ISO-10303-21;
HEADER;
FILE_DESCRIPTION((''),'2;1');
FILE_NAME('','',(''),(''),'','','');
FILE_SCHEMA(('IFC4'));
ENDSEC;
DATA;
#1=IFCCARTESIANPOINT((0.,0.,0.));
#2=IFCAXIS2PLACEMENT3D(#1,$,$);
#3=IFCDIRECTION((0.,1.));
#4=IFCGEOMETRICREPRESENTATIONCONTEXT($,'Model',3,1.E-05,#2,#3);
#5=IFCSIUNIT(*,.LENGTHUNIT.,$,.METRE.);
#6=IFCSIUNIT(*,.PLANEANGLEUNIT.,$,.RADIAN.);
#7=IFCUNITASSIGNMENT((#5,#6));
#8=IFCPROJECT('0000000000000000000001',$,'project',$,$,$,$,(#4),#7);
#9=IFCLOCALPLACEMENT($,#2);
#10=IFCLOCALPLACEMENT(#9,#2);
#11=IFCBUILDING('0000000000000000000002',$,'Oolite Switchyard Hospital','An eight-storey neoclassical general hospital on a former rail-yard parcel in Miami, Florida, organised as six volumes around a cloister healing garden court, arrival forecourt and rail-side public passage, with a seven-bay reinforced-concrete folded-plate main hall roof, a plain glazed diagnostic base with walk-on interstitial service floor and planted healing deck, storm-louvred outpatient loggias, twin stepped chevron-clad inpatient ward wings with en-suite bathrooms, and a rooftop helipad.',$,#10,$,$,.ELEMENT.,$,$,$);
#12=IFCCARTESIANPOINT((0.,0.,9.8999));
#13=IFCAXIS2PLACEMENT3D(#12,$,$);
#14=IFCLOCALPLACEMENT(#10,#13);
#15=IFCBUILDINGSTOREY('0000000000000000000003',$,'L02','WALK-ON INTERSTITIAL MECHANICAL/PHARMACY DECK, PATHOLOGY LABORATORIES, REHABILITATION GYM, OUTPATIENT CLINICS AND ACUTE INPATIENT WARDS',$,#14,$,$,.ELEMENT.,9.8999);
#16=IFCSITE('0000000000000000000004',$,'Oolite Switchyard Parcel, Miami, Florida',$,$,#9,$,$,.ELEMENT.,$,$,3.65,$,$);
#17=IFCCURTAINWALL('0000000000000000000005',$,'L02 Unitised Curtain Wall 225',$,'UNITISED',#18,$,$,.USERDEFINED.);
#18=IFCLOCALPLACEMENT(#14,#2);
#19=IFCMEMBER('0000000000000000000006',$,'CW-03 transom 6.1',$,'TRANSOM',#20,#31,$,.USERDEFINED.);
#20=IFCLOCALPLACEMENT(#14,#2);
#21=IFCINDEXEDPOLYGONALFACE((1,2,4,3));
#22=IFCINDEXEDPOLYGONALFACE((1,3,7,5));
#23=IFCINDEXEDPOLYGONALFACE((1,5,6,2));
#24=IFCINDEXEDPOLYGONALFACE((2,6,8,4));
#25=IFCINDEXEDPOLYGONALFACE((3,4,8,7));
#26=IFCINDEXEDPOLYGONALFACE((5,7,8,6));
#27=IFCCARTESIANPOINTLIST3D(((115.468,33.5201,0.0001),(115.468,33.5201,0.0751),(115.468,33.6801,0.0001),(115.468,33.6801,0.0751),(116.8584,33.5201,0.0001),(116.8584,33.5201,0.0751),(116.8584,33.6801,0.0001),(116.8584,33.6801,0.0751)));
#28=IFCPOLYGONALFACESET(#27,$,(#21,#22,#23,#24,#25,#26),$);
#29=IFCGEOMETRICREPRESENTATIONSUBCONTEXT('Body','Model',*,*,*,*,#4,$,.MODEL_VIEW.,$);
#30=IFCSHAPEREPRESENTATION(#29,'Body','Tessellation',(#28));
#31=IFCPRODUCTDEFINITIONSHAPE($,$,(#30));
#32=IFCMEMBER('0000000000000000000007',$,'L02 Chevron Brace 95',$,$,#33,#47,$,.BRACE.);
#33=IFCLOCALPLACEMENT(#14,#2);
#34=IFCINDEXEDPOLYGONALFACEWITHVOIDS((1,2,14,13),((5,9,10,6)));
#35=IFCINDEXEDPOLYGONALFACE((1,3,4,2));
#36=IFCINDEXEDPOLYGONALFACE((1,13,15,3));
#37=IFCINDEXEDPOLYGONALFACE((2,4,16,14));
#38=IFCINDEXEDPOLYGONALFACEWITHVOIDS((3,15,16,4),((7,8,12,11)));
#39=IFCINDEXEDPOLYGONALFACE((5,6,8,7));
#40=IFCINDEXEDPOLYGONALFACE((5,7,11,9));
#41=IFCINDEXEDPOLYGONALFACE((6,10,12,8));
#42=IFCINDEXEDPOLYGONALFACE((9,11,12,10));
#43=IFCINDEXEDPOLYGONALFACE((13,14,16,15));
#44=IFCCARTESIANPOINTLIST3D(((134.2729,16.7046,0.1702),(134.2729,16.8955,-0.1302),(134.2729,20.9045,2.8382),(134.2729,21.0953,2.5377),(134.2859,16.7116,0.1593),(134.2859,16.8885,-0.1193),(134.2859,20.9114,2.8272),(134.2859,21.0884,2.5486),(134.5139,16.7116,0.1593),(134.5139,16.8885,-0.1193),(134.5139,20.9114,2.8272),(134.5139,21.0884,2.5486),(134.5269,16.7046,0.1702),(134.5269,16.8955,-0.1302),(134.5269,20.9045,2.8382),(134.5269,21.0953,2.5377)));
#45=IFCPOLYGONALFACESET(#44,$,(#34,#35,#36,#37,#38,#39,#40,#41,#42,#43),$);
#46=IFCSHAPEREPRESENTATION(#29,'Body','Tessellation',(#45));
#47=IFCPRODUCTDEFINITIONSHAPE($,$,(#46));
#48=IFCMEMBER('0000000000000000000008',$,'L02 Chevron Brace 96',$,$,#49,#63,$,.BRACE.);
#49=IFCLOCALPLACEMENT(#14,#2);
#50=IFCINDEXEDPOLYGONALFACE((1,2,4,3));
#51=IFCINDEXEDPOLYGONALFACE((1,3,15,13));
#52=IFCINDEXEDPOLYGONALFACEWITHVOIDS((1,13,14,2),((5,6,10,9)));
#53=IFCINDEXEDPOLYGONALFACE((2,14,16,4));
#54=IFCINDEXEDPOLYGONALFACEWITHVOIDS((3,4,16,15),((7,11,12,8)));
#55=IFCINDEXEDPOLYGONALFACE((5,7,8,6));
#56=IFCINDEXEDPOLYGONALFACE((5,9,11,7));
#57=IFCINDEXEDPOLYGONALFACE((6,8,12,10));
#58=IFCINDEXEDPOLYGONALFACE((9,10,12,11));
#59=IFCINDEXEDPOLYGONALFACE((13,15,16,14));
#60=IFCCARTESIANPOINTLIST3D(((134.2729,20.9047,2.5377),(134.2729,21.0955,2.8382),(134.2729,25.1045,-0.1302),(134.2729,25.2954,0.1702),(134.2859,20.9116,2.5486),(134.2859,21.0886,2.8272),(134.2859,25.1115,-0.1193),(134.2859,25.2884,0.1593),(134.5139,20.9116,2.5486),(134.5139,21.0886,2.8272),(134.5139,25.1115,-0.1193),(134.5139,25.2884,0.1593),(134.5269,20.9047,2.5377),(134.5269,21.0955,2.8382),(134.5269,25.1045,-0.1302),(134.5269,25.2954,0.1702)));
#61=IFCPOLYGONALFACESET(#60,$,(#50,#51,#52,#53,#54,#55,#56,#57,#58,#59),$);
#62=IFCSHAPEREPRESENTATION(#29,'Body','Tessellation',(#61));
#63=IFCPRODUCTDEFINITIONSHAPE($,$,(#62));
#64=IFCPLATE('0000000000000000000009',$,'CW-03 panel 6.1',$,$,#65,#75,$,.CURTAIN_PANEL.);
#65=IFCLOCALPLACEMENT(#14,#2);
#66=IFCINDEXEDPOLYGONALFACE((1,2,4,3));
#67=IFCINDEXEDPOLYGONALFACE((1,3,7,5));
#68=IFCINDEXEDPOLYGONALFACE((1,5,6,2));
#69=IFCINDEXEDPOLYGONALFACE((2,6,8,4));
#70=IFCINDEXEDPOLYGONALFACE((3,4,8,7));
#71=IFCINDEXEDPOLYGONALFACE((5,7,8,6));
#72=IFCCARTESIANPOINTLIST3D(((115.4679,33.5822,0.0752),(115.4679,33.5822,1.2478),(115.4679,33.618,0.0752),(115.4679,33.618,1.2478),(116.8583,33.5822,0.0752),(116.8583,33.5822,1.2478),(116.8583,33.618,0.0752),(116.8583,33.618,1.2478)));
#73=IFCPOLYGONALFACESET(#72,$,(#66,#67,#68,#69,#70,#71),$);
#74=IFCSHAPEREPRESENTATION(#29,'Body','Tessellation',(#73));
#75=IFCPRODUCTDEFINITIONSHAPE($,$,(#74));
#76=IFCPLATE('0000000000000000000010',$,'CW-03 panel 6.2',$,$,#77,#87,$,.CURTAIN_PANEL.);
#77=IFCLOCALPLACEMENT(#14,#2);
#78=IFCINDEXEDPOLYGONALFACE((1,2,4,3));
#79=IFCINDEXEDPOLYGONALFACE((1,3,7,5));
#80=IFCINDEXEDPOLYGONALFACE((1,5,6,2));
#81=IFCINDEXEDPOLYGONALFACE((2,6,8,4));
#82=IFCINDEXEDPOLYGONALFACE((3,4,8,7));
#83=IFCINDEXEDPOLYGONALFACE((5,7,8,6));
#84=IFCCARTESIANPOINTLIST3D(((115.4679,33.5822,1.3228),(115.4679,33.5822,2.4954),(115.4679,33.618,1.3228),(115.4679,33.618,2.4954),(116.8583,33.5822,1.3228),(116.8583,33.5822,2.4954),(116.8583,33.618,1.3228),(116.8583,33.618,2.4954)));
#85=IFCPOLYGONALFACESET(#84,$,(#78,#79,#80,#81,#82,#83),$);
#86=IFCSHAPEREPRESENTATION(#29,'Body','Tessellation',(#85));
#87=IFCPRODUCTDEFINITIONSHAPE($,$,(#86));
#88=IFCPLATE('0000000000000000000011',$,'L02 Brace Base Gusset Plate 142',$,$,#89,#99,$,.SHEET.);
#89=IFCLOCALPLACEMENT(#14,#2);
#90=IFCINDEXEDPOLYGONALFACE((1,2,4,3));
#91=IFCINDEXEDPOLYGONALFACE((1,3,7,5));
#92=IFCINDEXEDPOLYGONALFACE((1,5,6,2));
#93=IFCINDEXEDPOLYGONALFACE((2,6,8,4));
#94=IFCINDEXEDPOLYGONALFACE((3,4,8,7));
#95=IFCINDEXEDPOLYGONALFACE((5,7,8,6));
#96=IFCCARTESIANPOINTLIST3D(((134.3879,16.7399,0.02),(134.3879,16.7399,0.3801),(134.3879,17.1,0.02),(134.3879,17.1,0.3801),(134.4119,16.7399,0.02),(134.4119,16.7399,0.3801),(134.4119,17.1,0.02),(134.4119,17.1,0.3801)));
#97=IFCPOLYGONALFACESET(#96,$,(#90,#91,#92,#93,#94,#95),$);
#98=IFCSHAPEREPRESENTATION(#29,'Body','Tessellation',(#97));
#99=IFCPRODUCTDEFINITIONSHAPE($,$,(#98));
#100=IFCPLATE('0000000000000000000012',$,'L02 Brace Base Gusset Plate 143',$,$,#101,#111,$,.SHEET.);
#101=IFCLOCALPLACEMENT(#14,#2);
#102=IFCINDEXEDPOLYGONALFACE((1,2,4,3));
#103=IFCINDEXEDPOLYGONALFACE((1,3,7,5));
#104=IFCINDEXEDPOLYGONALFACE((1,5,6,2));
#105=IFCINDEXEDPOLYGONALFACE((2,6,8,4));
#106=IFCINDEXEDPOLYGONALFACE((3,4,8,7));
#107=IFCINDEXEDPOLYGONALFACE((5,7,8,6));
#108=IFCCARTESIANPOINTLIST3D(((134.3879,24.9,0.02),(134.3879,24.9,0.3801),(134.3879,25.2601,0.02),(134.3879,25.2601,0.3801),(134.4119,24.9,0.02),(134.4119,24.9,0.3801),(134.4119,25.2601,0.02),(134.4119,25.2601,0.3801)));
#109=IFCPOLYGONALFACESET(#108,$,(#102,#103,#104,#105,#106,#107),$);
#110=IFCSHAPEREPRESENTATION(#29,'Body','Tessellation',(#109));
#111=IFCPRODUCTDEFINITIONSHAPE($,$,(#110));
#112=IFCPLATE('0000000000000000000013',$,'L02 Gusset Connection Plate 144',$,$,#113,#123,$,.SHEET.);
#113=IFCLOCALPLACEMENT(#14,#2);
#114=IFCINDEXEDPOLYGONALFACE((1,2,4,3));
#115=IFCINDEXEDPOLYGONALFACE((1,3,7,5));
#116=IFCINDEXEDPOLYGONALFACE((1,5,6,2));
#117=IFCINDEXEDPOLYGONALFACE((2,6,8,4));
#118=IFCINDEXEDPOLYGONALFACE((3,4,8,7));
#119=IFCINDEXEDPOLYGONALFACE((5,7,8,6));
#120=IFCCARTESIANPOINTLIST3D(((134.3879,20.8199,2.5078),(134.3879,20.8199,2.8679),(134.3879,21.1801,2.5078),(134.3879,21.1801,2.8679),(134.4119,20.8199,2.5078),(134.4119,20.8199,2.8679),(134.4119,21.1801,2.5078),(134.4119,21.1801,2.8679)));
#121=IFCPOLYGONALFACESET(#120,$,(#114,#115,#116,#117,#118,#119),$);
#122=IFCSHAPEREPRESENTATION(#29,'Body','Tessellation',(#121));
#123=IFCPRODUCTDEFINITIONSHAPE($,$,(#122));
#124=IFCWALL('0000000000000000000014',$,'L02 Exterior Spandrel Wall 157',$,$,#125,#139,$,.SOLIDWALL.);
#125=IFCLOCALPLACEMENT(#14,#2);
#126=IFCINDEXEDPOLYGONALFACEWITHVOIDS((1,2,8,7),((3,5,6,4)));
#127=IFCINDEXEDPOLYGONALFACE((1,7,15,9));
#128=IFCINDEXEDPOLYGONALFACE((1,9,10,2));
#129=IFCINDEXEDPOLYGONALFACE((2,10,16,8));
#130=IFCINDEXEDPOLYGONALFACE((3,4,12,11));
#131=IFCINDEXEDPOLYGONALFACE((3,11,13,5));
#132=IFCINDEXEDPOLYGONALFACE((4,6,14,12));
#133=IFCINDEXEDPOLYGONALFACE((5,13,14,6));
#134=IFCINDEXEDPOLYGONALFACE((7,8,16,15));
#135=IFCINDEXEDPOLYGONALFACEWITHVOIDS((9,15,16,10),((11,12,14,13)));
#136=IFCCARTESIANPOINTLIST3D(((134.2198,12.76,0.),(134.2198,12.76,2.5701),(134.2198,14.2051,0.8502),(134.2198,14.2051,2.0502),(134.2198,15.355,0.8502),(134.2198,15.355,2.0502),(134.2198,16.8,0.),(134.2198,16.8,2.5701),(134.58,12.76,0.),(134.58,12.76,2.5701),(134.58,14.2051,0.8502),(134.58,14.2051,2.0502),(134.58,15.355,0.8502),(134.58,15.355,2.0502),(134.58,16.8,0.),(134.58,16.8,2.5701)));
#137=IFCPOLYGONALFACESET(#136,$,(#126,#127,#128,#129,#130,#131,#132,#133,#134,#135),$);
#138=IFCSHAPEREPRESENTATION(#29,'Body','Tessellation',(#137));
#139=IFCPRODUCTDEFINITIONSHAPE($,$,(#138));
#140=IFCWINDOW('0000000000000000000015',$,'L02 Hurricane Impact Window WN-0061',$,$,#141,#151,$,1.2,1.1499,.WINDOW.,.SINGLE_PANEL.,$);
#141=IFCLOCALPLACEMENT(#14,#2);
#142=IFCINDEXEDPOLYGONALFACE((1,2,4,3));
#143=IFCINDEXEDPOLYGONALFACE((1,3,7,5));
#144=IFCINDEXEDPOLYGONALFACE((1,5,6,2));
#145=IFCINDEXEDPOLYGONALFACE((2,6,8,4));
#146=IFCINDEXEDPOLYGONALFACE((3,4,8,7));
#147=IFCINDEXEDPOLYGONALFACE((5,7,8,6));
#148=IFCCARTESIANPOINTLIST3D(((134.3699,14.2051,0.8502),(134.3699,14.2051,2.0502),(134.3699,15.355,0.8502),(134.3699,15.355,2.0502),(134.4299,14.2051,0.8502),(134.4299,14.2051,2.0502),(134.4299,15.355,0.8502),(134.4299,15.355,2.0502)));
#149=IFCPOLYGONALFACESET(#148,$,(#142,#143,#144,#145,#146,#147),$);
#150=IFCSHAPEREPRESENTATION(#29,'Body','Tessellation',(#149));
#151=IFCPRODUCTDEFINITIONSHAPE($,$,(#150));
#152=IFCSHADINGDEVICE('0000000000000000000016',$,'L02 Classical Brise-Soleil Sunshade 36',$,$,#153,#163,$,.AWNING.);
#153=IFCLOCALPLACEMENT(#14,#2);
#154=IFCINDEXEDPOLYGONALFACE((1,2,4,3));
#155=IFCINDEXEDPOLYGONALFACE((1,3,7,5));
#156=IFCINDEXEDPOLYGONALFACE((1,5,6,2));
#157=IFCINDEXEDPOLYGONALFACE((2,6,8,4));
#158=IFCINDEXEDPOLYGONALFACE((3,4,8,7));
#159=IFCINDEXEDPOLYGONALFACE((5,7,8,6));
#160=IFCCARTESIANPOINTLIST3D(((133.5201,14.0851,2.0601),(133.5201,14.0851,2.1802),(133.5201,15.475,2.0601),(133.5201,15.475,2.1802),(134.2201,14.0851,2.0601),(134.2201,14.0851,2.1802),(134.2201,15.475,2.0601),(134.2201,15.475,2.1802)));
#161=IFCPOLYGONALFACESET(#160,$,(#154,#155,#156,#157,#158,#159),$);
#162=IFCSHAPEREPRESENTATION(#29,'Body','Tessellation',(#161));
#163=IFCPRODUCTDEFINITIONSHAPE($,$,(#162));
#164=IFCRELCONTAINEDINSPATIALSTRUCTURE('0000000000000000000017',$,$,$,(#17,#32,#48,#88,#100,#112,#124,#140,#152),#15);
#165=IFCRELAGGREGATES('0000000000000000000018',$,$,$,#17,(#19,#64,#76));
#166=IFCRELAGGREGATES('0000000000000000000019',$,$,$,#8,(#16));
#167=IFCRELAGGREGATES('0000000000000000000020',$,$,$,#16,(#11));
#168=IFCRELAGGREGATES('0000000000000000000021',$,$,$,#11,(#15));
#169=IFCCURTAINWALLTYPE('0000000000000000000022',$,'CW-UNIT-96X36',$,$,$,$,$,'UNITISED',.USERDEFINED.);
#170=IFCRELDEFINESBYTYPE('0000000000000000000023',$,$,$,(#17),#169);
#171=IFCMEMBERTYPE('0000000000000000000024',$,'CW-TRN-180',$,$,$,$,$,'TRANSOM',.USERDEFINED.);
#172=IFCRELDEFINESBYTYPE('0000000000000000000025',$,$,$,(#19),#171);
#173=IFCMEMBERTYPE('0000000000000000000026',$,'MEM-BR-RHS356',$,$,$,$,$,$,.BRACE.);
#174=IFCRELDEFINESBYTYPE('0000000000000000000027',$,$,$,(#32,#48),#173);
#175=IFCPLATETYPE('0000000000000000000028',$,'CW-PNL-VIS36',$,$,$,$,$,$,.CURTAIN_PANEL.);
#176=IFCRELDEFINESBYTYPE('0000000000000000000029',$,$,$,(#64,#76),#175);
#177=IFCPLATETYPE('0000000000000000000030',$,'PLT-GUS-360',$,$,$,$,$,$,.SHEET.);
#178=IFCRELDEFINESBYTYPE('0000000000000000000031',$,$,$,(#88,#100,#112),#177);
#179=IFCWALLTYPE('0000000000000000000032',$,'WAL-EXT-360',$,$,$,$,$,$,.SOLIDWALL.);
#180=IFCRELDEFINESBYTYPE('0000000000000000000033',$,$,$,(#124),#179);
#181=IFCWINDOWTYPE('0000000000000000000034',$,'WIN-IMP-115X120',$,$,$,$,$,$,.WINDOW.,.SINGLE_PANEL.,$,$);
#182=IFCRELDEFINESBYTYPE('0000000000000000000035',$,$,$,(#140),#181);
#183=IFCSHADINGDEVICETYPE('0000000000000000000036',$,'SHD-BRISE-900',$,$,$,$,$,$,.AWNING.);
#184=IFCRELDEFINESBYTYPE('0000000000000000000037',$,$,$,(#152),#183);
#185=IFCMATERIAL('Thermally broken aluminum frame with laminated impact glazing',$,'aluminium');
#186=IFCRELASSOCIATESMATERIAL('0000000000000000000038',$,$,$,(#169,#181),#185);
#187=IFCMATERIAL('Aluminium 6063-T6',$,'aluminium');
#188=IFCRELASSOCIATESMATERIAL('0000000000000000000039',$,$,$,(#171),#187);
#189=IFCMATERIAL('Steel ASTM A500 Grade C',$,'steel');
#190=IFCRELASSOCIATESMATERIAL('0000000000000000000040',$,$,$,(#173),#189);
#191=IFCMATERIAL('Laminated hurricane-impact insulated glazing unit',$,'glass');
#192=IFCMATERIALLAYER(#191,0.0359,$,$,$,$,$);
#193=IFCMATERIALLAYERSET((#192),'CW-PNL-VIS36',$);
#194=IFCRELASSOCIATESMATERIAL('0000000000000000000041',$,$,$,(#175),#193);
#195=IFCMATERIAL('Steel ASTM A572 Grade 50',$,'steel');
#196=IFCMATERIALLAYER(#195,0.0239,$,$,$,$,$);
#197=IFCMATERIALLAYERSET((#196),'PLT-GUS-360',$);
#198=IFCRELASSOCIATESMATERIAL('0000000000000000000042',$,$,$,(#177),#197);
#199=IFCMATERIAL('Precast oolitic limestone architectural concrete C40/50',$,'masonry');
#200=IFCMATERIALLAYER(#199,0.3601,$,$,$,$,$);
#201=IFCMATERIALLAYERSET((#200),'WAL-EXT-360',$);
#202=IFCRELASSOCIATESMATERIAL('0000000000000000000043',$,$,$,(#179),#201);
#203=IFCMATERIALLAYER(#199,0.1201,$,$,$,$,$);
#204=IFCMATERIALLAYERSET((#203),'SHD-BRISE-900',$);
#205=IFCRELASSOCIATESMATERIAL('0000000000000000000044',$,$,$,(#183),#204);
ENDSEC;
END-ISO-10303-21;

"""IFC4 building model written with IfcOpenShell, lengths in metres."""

from ifc_helpers import new_model, si_unit, direction, frame, frame_2d, origin, origin_2d, place, context, subcontext, project, spatial, rectangle, hollow_rectangle, extrude, material, layer, layer_set, material_profile, profile_set, type_object, element, fill, aggregate, save


model = new_model("IFC4")

# Units and contexts
model_context = context("Model", 3, precision=1e-05, world=origin(), true_north=direction((0.0, 1.0)))
body_context = subcontext(model_context, "Body", "Model", "MODEL_VIEW")
ifc_project = project(units=[si_unit("LENGTHUNIT", "METRE"), si_unit("PLANEANGLEUNIT", "RADIAN")], contexts=[model_context])

# Site, building, storey
site_placement = place(None, origin())
site = spatial("IfcSite", under=ifc_project, at=site_placement, Name="Oolite Switchyard Parcel, Miami, Florida", CompositionType="ELEMENT", RefElevation=3.65)
building_placement = place(site_placement, origin())
building = spatial("IfcBuilding", under=site, at=building_placement, Name="Oolite Switchyard Hospital", Description="An eight-storey neoclassical general hospital on a former rail-yard parcel in Miami, Florida, organised as six volumes around a cloister healing garden court, arrival forecourt and rail-side public passage, with a seven-bay reinforced-concrete folded-plate main hall roof, a plain glazed diagnostic base with walk-on interstitial service floor and planted healing deck, storm-louvred outpatient loggias, twin stepped chevron-clad inpatient ward wings with en-suite bathrooms, and a rooftop helipad.", CompositionType="ELEMENT")
storey_placement = place(building_placement, frame((0.0, 0.0, 9.8999)))
storey = spatial("IfcBuildingStorey", under=building, at=storey_placement, Name="L02", Description="WALK-ON INTERSTITIAL MECHANICAL/PHARMACY DECK, PATHOLOGY LABORATORIES, REHABILITATION GYM, OUTPATIENT CLINICS AND ACUTE INPATIENT WARDS", CompositionType="ELEMENT", Elevation=9.8999)

# Curtain wall, member
ifc_material_1 = material(Name="Thermally broken aluminum frame with laminated impact glazing", Category="aluminium")
curtain_wall_type = type_object("IfcCurtainWallType", Name="CW-UNIT-96X36", ElementType="UNITISED", PredefinedType="USERDEFINED", material=ifc_material_1)
curtain_wall_placement = place(storey_placement, origin())
curtain_wall = element("IfcCurtainWall", 1, at=curtain_wall_placement, inside=storey, type_object=curtain_wall_type, Name="L02 Unitised Curtain Wall 225", ObjectType="UNITISED", PredefinedType="USERDEFINED")
ifc_material_2 = material(Name="Aluminium 6063-T6", Category="aluminium")
ifc_material_profile_1 = material_profile(ifc_material_2, rectangle(XDim=0.1599, YDim=0.075, at=origin_2d()), Name="CWT75X160")
ifc_profile_set_1 = profile_set([ifc_material_profile_1], Name="Aluminium 6063-T6")
member_type_1 = type_object("IfcMemberType", Name="CW-TRN-180", ElementType="TRANSOM", PredefinedType="USERDEFINED", material=ifc_profile_set_1)
member_1_placement = place(storey_placement, frame((116.8584, 33.6001, 0.0376), z_axis=(-1.0, 0.0, 0.0), x_axis=(0.0, -1.0, 0.0)))
member_1 = element("IfcMember", 2, at=member_1_placement, type_object=member_type_1, Name="CW-03 transom 6.1", ObjectType="TRANSOM", PredefinedType="USERDEFINED", context=body_context, shape_type="SweptSolid", body=[
    extrude(rectangle(XDim=0.1599, YDim=0.075, at=origin_2d()), origin(), (0.0, 0.0, 1.0), 1.3904),
])

# Members
ifc_material_3 = material(Name="Steel ASTM A500 Grade C", Category="steel")
ifc_material_profile_2 = material_profile(ifc_material_3, hollow_rectangle(XDim=0.2539, YDim=0.356, WallThickness=0.0129, at=origin_2d()), Name="HSS356X254X13")
ifc_profile_set_2 = profile_set([ifc_material_profile_2], Name="Steel ASTM A500 Grade C")
member_type_2 = type_object("IfcMemberType", Name="MEM-BR-RHS356", PredefinedType="BRACE", material=ifc_profile_set_2)
for number, where, z_axis, x_axis, name in (
    (3, (134.3999, 16.8, 0.02), (0.0, 0.844092, 0.536199), (-1.0, 0.0, 0.0), "L02 Chevron Brace 95"),
    (4, (134.3999, 25.2, 0.02), (0.0, -0.844092, 0.536199), (1.0, 0.0, 0.0), "L02 Chevron Brace 96"),
):
    element("IfcMember", number, at=place(storey_placement, frame(where, z_axis=z_axis, x_axis=x_axis)), inside=storey, type_object=member_type_2, Name=name, PredefinedType="BRACE", context=body_context, shape_type="SweptSolid", body=[
        extrude(hollow_rectangle(XDim=0.2539, YDim=0.356, WallThickness=0.0129, at=origin_2d()), origin(), (0.0, 0.0, 1.0), 4.9756),
    ])

# Plates
ifc_material_4 = material(Name="Laminated hurricane-impact insulated glazing unit", Category="glass")
ifc_layer_1 = layer(ifc_material_4, 0.0359)
ifc_layer_set_1 = layer_set([ifc_layer_1], Name="CW-PNL-VIS36")
plate_type_1 = type_object("IfcPlateType", Name="CW-PNL-VIS36", PredefinedType="CURTAIN_PANEL", material=ifc_layer_set_1)
plate_1_placement = place(storey_placement, frame((116.1631, 33.6001, 0.0752), z_axis=(0.0, 0.0, 1.0), x_axis=(-1.0, 0.0, 0.0)))
plate_1 = element("IfcPlate", 5, at=plate_1_placement, type_object=plate_type_1, Name="CW-03 panel 6.1", PredefinedType="CURTAIN_PANEL", context=body_context, shape_type="SweptSolid", body=[
    extrude(rectangle(XDim=1.3904, YDim=0.0359, at=origin_2d()), origin(), (0.0, 0.0, 1.0), 1.1726),
])
plate_2_placement = place(storey_placement, frame((116.1631, 33.6001, 1.3228), z_axis=(0.0, 0.0, 1.0), x_axis=(-1.0, 0.0, 0.0)))
plate_2 = element("IfcPlate", 6, at=plate_2_placement, type_object=plate_type_1, Name="CW-03 panel 6.2", PredefinedType="CURTAIN_PANEL", context=body_context, shape_type="SweptSolid", body=[
    extrude(rectangle(XDim=1.3904, YDim=0.0359, at=origin_2d()), origin(), (0.0, 0.0, 1.0), 1.1726),
])
aggregate(curtain_wall, [member_1, plate_1, plate_2])

# Plates
ifc_material_5 = material(Name="Steel ASTM A572 Grade 50", Category="steel")
ifc_layer_2 = layer(ifc_material_5, 0.0239)
ifc_layer_set_2 = layer_set([ifc_layer_2], Name="PLT-GUS-360")
plate_type_2 = type_object("IfcPlateType", Name="PLT-GUS-360", PredefinedType="SHEET", material=ifc_layer_set_2)
for number, where, z_axis, x_axis, name in (
    (7, (134.3999, 16.9199, 0.02), (0.0, 0.0, 1.0), (0.0, 1.0, 0.0), "L02 Brace Base Gusset Plate 142"),
    (8, (134.3999, 25.0801, 0.02), (0.0, 0.0, 1.0), (0.0, 1.0, 0.0), "L02 Brace Base Gusset Plate 143"),
    (9, (134.3999, 21.0, 2.5078), (0.0, 0.0, 1.0), (0.0, 1.0, 0.0), "L02 Gusset Connection Plate 144"),
):
    element("IfcPlate", number, at=place(storey_placement, frame(where, z_axis=z_axis, x_axis=x_axis)), inside=storey, type_object=plate_type_2, Name=name, PredefinedType="SHEET", context=body_context, shape_type="SweptSolid", body=[
        extrude(rectangle(XDim=0.3601, YDim=0.0239, at=origin_2d()), origin(), (0.0, 0.0, 1.0), 0.3601),
    ])

# Wall, opening, window
ifc_material_6 = material(Name="Precast oolitic limestone architectural concrete C40/50", Category="masonry")
ifc_layer_3 = layer(ifc_material_6, 0.3601)
ifc_layer_set_3 = layer_set([ifc_layer_3], Name="WAL-EXT-360")
wall_type = type_object("IfcWallType", Name="WAL-EXT-360", PredefinedType="SOLIDWALL", material=ifc_layer_set_3)
wall_placement = place(storey_placement, frame((134.3999, 12.76, 0.0), z_axis=(0.0, 0.0, 1.0), x_axis=(0.0, 1.0, 0.0)))
wall = element("IfcWall", 10, at=wall_placement, inside=storey, type_object=wall_type, Name="L02 Exterior Spandrel Wall 157", PredefinedType="SOLIDWALL", context=body_context, shape_type="SweptSolid", body=[
    extrude(rectangle(XDim=4.04, YDim=0.3601, at=frame_2d((2.02, 0.0))), origin(), (0.0, 0.0, 1.0), 2.5701),
])
opening_placement = place(wall_placement, frame((1.4451, 0.0, 0.8501)))
opening = element("IfcOpeningElement", 11, at=opening_placement, cuts=wall, PredefinedType="OPENING", context=body_context, shape_type="SweptSolid", body=[
    extrude(rectangle(XDim=1.1499, YDim=1.2, at=frame_2d((0.575, 0.6001))), frame((0.0, 0.1899, 0.0), z_axis=(0.0, -1.0, 0.0), x_axis=(1.0, 0.0, 0.0)), (0.0, 0.0, 1.0), 0.3801),
])
window_type = type_object("IfcWindowType", Name="WIN-IMP-115X120", PartitioningType="SINGLE_PANEL", PredefinedType="WINDOW", material=ifc_material_1)
window_placement = place(opening_placement, origin())
window = element("IfcWindow", 12, at=window_placement, inside=storey, type_object=window_type, Name="L02 Hurricane Impact Window WN-0061", OverallHeight=1.2, OverallWidth=1.1499, PartitioningType="SINGLE_PANEL", PredefinedType="WINDOW", context=body_context, shape_type="SweptSolid", body=[
    extrude(rectangle(XDim=1.1499, YDim=1.2, at=frame_2d((0.575, 0.6001))), frame((0.0, 0.03, 0.0), z_axis=(0.0, -1.0, 0.0), x_axis=(1.0, 0.0, 0.0)), (0.0, 0.0, 1.0), 0.0601),
])
fill(opening, window)

# Shading device
ifc_layer_4 = layer(ifc_material_6, 0.1201)
ifc_layer_set_4 = layer_set([ifc_layer_4], Name="SHD-BRISE-900")
shading_device_type = type_object("IfcShadingDeviceType", Name="SHD-BRISE-900", PredefinedType="AWNING", material=ifc_layer_set_4)
shading_device_placement = place(storey_placement, frame((133.8701, 14.78, 2.0601), z_axis=(0.0, 0.0, 1.0), x_axis=(0.0, 1.0, 0.0)))
element("IfcShadingDevice", 13, at=shading_device_placement, inside=storey, type_object=shading_device_type, Name="L02 Classical Brise-Soleil Sunshade 36", PredefinedType="AWNING", context=body_context, shape_type="SweptSolid", body=[
    extrude(rectangle(XDim=1.3899, YDim=0.7, at=origin_2d()), origin(), (0.0, 0.0, 1.0), 0.1201),
])

save(model, "model.ifc")
